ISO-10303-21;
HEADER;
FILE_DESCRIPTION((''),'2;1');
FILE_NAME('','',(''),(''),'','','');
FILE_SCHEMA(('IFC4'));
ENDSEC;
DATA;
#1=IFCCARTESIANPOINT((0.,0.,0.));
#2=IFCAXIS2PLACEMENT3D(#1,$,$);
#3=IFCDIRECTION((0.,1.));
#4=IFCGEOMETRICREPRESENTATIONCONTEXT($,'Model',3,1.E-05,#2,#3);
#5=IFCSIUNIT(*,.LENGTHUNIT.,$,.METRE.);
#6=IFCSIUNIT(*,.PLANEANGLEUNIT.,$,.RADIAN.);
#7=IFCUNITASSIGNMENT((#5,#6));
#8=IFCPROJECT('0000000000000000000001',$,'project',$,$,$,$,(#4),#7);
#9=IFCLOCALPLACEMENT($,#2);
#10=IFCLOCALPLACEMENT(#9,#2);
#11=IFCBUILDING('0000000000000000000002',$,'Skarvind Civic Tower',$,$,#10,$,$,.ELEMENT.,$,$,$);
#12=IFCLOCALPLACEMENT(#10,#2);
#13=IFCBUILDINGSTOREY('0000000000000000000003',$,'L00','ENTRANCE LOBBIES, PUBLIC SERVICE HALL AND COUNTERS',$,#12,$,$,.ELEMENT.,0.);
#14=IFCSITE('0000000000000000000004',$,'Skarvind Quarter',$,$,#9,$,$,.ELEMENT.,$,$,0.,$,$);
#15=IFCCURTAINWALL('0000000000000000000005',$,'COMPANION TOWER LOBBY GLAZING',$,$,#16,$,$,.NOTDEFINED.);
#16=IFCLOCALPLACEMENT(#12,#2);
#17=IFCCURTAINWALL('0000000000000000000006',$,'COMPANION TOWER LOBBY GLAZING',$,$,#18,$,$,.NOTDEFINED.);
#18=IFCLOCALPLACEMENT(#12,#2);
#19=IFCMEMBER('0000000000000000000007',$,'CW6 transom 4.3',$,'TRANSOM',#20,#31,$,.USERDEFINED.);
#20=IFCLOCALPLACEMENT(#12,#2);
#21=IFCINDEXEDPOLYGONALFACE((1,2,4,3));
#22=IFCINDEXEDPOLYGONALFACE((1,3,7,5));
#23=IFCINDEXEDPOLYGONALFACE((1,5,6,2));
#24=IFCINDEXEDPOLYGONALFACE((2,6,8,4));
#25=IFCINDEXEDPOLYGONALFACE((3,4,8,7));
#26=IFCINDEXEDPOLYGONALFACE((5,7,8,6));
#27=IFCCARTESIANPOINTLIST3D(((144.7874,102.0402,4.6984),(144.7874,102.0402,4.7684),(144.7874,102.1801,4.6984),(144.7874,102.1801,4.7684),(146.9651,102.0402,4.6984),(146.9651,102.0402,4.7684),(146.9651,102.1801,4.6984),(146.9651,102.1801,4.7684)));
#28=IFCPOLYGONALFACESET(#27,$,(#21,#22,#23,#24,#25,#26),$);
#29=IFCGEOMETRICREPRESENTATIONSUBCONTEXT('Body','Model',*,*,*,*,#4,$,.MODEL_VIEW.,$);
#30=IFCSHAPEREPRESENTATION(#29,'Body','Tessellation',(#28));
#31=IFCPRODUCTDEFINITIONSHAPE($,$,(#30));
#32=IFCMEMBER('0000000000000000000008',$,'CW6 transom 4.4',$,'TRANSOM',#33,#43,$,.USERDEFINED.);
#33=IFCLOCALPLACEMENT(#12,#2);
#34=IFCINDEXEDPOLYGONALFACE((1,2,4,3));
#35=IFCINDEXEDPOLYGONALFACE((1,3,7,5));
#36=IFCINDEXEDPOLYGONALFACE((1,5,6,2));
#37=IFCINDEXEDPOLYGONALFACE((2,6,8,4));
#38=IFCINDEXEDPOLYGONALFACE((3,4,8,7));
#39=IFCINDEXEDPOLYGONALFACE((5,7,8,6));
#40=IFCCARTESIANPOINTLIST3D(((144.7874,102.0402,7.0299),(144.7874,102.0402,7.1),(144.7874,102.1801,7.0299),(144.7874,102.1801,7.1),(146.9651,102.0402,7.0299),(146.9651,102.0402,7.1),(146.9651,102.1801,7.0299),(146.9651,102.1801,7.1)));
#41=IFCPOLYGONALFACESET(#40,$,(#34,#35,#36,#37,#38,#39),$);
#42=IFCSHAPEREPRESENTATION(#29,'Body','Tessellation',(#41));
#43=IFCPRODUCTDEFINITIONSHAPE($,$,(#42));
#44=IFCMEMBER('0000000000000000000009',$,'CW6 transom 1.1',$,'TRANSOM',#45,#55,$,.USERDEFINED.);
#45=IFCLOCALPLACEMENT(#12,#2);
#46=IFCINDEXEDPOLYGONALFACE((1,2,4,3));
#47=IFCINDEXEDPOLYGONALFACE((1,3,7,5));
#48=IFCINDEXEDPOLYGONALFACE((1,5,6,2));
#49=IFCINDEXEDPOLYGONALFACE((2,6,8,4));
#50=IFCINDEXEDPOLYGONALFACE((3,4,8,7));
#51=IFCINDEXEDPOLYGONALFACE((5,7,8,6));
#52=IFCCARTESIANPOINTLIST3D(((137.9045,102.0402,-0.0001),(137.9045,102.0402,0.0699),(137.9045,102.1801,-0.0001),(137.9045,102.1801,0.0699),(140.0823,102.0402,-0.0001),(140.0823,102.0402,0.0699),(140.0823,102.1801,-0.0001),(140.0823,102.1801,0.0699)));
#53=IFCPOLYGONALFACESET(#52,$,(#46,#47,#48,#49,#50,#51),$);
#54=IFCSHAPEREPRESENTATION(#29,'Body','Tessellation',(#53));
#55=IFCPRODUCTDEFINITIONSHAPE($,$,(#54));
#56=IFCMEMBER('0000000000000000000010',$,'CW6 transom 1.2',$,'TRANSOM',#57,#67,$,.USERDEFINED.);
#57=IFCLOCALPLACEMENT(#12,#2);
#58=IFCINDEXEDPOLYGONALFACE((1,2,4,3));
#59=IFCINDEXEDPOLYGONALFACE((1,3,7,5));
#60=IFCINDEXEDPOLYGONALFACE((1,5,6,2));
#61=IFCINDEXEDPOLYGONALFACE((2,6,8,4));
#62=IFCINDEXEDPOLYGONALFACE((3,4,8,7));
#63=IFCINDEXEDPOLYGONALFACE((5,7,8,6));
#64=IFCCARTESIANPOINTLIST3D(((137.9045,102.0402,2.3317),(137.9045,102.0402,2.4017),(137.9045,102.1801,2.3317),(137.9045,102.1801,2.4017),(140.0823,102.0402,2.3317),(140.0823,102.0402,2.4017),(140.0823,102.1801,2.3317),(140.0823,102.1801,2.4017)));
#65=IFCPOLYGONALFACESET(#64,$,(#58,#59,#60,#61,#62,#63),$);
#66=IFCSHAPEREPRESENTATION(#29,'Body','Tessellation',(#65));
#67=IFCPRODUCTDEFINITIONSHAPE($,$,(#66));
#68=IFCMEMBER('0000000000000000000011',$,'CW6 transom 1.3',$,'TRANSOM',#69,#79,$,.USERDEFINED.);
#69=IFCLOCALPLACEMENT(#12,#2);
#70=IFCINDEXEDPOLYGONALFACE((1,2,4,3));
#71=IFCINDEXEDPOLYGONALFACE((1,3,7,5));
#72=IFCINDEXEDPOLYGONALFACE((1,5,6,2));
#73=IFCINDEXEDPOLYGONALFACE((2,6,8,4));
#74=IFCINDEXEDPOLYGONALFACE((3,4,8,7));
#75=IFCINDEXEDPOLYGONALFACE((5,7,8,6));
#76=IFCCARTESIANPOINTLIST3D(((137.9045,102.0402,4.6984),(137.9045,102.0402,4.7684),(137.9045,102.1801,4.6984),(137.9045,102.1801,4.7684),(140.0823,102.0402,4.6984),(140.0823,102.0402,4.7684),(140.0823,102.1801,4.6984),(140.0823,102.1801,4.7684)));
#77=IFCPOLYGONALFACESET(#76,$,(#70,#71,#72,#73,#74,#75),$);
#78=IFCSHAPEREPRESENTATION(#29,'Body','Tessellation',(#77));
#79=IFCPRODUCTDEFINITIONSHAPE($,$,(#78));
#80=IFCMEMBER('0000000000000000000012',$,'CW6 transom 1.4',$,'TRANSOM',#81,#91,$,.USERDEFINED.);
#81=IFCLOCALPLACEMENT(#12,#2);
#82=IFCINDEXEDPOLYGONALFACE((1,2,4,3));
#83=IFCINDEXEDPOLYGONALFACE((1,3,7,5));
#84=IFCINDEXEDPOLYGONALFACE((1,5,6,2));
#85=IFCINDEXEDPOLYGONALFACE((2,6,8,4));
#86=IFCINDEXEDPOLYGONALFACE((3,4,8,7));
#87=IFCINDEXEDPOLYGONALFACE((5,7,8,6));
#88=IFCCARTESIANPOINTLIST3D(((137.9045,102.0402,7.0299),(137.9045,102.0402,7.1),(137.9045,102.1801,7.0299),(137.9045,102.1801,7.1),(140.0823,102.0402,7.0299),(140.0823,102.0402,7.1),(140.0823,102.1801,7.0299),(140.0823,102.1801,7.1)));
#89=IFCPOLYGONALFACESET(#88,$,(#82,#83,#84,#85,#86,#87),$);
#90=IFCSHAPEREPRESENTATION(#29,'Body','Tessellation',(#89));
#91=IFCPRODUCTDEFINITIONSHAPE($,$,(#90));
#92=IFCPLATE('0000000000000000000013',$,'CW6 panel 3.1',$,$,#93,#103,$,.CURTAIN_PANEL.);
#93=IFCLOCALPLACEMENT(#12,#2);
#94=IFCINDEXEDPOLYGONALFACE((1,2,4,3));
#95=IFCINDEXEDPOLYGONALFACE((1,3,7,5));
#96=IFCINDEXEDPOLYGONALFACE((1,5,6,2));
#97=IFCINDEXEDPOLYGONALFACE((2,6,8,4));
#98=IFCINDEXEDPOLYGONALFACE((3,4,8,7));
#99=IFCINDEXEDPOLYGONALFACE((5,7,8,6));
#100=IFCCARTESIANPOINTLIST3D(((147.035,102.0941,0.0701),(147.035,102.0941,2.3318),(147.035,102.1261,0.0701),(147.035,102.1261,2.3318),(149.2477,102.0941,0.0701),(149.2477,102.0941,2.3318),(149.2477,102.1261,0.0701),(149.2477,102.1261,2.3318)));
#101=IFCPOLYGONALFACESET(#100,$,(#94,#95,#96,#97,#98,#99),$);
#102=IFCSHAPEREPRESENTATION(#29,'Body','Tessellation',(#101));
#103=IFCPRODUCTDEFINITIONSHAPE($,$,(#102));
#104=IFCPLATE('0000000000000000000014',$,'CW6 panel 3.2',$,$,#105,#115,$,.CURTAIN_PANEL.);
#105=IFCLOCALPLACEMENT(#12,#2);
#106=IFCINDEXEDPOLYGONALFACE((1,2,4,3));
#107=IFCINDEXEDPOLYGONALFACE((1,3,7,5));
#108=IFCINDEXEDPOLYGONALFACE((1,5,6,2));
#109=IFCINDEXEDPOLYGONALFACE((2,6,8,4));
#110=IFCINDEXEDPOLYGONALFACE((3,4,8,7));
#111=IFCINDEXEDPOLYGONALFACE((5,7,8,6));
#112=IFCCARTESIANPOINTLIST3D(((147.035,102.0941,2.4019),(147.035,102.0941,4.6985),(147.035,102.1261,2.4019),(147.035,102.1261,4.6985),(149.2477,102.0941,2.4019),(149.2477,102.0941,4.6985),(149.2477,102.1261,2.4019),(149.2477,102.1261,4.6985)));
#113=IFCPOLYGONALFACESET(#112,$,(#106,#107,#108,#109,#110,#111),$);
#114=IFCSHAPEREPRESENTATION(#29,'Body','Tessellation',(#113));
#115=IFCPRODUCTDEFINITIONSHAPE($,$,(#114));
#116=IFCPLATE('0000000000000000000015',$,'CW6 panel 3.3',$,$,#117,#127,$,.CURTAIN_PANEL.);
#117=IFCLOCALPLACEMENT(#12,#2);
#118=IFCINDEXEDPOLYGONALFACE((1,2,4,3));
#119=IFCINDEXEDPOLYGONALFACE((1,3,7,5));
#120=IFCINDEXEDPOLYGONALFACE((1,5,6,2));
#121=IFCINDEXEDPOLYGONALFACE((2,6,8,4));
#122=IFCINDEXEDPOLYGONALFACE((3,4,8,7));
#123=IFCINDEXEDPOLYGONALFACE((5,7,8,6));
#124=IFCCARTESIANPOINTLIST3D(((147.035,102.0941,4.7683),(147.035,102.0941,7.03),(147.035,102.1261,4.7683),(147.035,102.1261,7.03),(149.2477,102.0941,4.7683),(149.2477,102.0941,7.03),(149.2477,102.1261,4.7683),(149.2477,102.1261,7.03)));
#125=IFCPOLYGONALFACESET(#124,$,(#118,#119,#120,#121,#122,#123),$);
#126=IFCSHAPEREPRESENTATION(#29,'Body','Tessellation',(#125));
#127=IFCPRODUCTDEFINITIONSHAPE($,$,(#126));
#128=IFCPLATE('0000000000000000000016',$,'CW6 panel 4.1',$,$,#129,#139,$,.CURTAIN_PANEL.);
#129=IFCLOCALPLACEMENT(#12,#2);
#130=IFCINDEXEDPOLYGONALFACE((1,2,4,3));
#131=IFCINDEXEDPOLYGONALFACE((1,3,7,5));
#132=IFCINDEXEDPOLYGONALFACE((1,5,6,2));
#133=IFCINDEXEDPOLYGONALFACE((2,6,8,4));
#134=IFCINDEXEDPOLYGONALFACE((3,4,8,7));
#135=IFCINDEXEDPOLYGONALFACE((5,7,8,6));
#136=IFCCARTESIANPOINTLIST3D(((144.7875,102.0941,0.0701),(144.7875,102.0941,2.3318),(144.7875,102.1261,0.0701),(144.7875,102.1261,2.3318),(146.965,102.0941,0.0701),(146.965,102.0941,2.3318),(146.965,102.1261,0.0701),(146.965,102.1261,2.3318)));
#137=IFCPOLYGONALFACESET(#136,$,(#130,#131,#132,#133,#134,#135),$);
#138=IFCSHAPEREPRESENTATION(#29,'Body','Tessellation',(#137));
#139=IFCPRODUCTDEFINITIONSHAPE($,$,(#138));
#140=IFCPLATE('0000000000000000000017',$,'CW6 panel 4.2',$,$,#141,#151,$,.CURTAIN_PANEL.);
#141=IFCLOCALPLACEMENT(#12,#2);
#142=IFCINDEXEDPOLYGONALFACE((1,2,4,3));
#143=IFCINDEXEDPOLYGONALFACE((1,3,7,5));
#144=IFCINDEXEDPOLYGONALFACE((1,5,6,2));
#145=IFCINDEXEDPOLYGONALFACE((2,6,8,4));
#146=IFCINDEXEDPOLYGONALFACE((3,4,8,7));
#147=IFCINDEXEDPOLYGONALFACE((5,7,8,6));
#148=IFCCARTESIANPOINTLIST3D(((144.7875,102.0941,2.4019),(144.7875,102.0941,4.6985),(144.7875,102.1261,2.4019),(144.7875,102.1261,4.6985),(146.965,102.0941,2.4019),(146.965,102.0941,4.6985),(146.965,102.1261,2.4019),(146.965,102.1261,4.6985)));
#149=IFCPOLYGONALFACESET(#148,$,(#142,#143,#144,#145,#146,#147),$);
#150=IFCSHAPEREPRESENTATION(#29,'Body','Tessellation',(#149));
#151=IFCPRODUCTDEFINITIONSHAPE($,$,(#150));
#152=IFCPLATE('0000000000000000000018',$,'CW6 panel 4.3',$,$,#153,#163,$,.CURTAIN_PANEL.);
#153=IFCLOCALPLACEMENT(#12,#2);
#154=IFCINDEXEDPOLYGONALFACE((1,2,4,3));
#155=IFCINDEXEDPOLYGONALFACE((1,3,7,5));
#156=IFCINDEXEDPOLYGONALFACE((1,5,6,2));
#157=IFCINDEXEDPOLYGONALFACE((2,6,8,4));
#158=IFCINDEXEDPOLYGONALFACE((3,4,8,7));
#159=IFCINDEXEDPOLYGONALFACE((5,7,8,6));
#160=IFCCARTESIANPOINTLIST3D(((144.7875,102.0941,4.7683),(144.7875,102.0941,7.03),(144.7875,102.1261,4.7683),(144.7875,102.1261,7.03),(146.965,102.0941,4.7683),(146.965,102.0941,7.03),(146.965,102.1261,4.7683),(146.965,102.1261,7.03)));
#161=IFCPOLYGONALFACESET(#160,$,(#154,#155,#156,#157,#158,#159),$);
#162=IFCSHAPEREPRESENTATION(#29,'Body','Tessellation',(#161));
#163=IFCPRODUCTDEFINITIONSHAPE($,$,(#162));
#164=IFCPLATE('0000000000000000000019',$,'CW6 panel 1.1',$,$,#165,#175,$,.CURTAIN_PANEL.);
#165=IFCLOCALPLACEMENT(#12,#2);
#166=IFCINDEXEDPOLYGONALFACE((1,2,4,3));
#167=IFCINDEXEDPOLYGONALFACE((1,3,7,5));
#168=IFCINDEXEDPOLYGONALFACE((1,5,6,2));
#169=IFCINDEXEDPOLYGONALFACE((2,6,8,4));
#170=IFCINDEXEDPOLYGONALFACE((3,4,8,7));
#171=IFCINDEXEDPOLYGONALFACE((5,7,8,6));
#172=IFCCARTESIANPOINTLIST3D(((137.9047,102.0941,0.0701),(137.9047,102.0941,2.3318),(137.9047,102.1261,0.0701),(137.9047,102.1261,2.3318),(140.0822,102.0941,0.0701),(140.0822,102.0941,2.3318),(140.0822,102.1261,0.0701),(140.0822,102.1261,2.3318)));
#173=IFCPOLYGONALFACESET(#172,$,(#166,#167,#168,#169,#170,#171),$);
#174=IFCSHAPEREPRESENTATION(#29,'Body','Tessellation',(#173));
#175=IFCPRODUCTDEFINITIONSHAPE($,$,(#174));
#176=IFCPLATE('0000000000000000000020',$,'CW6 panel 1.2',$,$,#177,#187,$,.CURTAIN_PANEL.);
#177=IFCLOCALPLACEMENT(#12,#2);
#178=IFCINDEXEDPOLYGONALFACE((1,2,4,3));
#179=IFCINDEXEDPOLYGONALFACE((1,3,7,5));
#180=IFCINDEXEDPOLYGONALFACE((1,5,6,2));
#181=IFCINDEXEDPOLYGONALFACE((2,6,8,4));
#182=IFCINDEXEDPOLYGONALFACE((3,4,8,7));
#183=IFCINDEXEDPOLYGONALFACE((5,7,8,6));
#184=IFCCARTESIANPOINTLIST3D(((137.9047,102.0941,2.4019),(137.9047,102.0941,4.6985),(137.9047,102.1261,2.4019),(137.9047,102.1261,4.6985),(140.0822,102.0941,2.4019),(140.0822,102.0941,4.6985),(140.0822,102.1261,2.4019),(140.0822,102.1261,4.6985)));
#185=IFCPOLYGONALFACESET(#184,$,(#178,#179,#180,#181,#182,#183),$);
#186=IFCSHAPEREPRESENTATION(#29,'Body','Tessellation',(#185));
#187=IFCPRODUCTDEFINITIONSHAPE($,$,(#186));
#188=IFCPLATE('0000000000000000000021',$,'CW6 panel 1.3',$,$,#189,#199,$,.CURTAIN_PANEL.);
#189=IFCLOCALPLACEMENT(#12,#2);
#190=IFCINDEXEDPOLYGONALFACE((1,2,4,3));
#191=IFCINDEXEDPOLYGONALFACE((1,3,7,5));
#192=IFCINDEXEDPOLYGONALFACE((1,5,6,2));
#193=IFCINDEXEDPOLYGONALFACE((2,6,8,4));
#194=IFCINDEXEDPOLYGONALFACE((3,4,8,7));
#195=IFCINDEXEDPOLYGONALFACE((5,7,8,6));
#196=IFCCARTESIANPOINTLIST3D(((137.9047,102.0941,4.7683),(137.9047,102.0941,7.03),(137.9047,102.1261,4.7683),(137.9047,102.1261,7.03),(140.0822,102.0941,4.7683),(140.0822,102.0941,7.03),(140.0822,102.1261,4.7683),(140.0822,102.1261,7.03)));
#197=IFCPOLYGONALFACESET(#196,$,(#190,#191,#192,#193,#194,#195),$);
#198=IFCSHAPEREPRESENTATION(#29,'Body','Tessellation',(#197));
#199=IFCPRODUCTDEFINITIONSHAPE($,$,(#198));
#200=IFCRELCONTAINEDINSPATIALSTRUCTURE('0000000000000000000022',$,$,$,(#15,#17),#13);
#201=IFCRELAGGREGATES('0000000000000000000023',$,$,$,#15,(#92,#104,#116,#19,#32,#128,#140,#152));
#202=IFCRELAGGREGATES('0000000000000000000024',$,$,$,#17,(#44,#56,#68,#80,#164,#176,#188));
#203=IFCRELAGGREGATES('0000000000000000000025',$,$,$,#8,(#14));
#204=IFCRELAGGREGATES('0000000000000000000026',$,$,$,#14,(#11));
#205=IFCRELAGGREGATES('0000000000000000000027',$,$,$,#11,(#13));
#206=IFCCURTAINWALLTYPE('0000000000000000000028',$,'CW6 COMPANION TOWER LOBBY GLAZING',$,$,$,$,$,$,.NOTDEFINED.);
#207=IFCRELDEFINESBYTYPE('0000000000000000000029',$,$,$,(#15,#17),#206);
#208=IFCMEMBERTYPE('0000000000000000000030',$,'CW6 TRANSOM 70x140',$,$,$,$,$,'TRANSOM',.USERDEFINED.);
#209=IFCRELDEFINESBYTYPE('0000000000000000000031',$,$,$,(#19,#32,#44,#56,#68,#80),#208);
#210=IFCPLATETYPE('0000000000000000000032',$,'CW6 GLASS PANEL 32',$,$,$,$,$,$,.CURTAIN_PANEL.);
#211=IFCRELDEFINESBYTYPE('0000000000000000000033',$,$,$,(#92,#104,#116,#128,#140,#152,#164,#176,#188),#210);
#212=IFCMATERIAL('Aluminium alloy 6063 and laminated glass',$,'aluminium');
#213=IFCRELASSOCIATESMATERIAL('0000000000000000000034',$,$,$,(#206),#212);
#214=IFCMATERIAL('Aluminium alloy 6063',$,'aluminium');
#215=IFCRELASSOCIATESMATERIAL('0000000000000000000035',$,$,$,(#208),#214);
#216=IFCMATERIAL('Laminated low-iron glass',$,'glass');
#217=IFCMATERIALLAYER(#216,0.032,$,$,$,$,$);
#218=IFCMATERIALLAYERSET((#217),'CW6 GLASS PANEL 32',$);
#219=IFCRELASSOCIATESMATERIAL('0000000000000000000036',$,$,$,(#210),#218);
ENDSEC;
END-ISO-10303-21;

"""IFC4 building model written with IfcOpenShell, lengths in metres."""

from ifc_helpers import new_model, si_unit, direction, frame, origin, origin_2d, place, context, subcontext, project, spatial, rectangle, extrude, material, layer, layer_set, material_profile, profile_set, type_object, element, aggregate, save


model = new_model("IFC4")

# Units and contexts
model_context = context("Model", 3, precision=1e-05, world=origin(), true_north=direction((0.0, 1.0)))
body_context = subcontext(model_context, "Body", "Model", "MODEL_VIEW")
ifc_project = project(units=[si_unit("LENGTHUNIT", "METRE"), si_unit("PLANEANGLEUNIT", "RADIAN")], contexts=[model_context])

# Site, building, storey
site_placement = place(None, origin())
site = spatial("IfcSite", under=ifc_project, at=site_placement, Name="Skarvind Quarter", CompositionType="ELEMENT", RefElevation=0.0)
building_placement = place(site_placement, origin())
building = spatial("IfcBuilding", under=site, at=building_placement, Name="Skarvind Civic Tower", CompositionType="ELEMENT")
storey_placement = place(building_placement, origin())
storey = spatial("IfcBuildingStorey", under=building, at=storey_placement, Name="L00", Description="ENTRANCE LOBBIES, PUBLIC SERVICE HALL AND COUNTERS", CompositionType="ELEMENT", Elevation=0.0)

# Curtain wall
ifc_material_1 = material(Name="Aluminium alloy 6063 and laminated glass", Category="aluminium")
curtain_wall_type = type_object("IfcCurtainWallType", Name="CW6 COMPANION TOWER LOBBY GLAZING", PredefinedType="NOTDEFINED", material=ifc_material_1)
curtain_wall_1_placement = place(storey_placement, origin())
curtain_wall_1 = element("IfcCurtainWall", 1, at=curtain_wall_1_placement, inside=storey, type_object=curtain_wall_type, Name="COMPANION TOWER LOBBY GLAZING", PredefinedType="NOTDEFINED")
ifc_material_2 = material(Name="Aluminium alloy 6063", Category="aluminium")

# Curtain wall
curtain_wall_2_placement = place(storey_placement, origin())
curtain_wall_2 = element("IfcCurtainWall", 2, at=curtain_wall_2_placement, inside=storey, type_object=curtain_wall_type, Name="COMPANION TOWER LOBBY GLAZING", PredefinedType="NOTDEFINED")

# Members
ifc_material_profile_1 = material_profile(ifc_material_2, rectangle(XDim=0.1399, YDim=0.0701, at=origin_2d()), Name="AL 70x140")
ifc_profile_set_1 = profile_set([ifc_material_profile_1], Name="Aluminium alloy 6063")
member_type_1 = type_object("IfcMemberType", Name="CW6 TRANSOM 70x140", ElementType="TRANSOM", PredefinedType="USERDEFINED", material=ifc_profile_set_1)
member_1_placement = place(storey_placement, frame((146.9651, 102.1101, 4.7334), z_axis=(-1.0, 0.0, 0.0), x_axis=(0.0, -1.0, 0.0)))
member_1 = element("IfcMember", 3, at=member_1_placement, type_object=member_type_1, Name="CW6 transom 4.3", ObjectType="TRANSOM", PredefinedType="USERDEFINED", context=body_context, shape_type="SweptSolid", body=[
    extrude(rectangle(XDim=0.1399, YDim=0.0701, at=origin_2d()), origin(), (0.0, 0.0, 1.0), 2.1777),
])
member_2_placement = place(storey_placement, frame((146.9651, 102.1101, 7.0649), z_axis=(-1.0, 0.0, 0.0), x_axis=(0.0, -1.0, 0.0)))
member_2 = element("IfcMember", 4, at=member_2_placement, type_object=member_type_1, Name="CW6 transom 4.4", ObjectType="TRANSOM", PredefinedType="USERDEFINED", context=body_context, shape_type="SweptSolid", body=[
    extrude(rectangle(XDim=0.1399, YDim=0.0701, at=origin_2d()), origin(), (0.0, 0.0, 1.0), 2.1777),
])
member_3_placement = place(storey_placement, frame((140.0823, 102.1101, 0.0349), z_axis=(-1.0, 0.0, 0.0), x_axis=(0.0, -1.0, 0.0)))
member_3 = element("IfcMember", 5, at=member_3_placement, type_object=member_type_1, Name="CW6 transom 1.1", ObjectType="TRANSOM", PredefinedType="USERDEFINED", context=body_context, shape_type="SweptSolid", body=[
    extrude(rectangle(XDim=0.1399, YDim=0.0701, at=origin_2d()), origin(), (0.0, 0.0, 1.0), 2.1777),
])
member_4_placement = place(storey_placement, frame((140.0823, 102.1101, 2.3667), z_axis=(-1.0, 0.0, 0.0), x_axis=(0.0, -1.0, 0.0)))
member_4 = element("IfcMember", 6, at=member_4_placement, type_object=member_type_1, Name="CW6 transom 1.2", ObjectType="TRANSOM", PredefinedType="USERDEFINED", context=body_context, shape_type="SweptSolid", body=[
    extrude(rectangle(XDim=0.1399, YDim=0.0701, at=origin_2d()), origin(), (0.0, 0.0, 1.0), 2.1777),
])
member_5_placement = place(storey_placement, frame((140.0823, 102.1101, 4.7334), z_axis=(-1.0, 0.0, 0.0), x_axis=(0.0, -1.0, 0.0)))
member_5 = element("IfcMember", 7, at=member_5_placement, type_object=member_type_1, Name="CW6 transom 1.3", ObjectType="TRANSOM", PredefinedType="USERDEFINED", context=body_context, shape_type="SweptSolid", body=[
    extrude(rectangle(XDim=0.1399, YDim=0.0701, at=origin_2d()), origin(), (0.0, 0.0, 1.0), 2.1777),
])
member_6_placement = place(storey_placement, frame((140.0823, 102.1101, 7.0649), z_axis=(-1.0, 0.0, 0.0), x_axis=(0.0, -1.0, 0.0)))
member_6 = element("IfcMember", 8, at=member_6_placement, type_object=member_type_1, Name="CW6 transom 1.4", ObjectType="TRANSOM", PredefinedType="USERDEFINED", context=body_context, shape_type="SweptSolid", body=[
    extrude(rectangle(XDim=0.1399, YDim=0.0701, at=origin_2d()), origin(), (0.0, 0.0, 1.0), 2.1777),
])

# Plates
ifc_material_3 = material(Name="Laminated low-iron glass", Category="glass")
ifc_layer_1 = layer(ifc_material_3, 0.032)
ifc_layer_set_1 = layer_set([ifc_layer_1], Name="CW6 GLASS PANEL 32")
plate_type = type_object("IfcPlateType", Name="CW6 GLASS PANEL 32", PredefinedType="CURTAIN_PANEL", material=ifc_layer_set_1)
plate_1_placement = place(storey_placement, frame((148.1414, 102.1101, 0.0701), z_axis=(0.0, 0.0, 1.0), x_axis=(-1.0, 0.0, 0.0)))
plate_1 = element("IfcPlate", 9, at=plate_1_placement, type_object=plate_type, Name="CW6 panel 3.1", PredefinedType="CURTAIN_PANEL", context=body_context, shape_type="SweptSolid", body=[
    extrude(rectangle(XDim=2.2126, YDim=0.032, at=origin_2d()), origin(), (0.0, 0.0, 1.0), 2.2617),
])
plate_2_placement = place(storey_placement, frame((148.1414, 102.1101, 2.4019), z_axis=(0.0, 0.0, 1.0), x_axis=(-1.0, 0.0, 0.0)))
plate_2 = element("IfcPlate", 10, at=plate_2_placement, type_object=plate_type, Name="CW6 panel 3.2", PredefinedType="CURTAIN_PANEL", context=body_context, shape_type="SweptSolid", body=[
    extrude(rectangle(XDim=2.2126, YDim=0.032, at=origin_2d()), origin(), (0.0, 0.0, 1.0), 2.2966),
])
plate_3_placement = place(storey_placement, frame((148.1414, 102.1101, 4.7683), z_axis=(0.0, 0.0, 1.0), x_axis=(-1.0, 0.0, 0.0)))
plate_3 = element("IfcPlate", 11, at=plate_3_placement, type_object=plate_type, Name="CW6 panel 3.3", PredefinedType="CURTAIN_PANEL", context=body_context, shape_type="SweptSolid", body=[
    extrude(rectangle(XDim=2.2126, YDim=0.032, at=origin_2d()), origin(), (0.0, 0.0, 1.0), 2.2617),
])
plate_4_placement = place(storey_placement, frame((145.8762, 102.1101, 0.0701), z_axis=(0.0, 0.0, 1.0), x_axis=(-1.0, 0.0, 0.0)))
plate_4 = element("IfcPlate", 12, at=plate_4_placement, type_object=plate_type, Name="CW6 panel 4.1", PredefinedType="CURTAIN_PANEL", context=body_context, shape_type="SweptSolid", body=[
    extrude(rectangle(XDim=2.1775, YDim=0.032, at=origin_2d()), origin(), (0.0, 0.0, 1.0), 2.2617),
])
plate_5_placement = place(storey_placement, frame((145.8762, 102.1101, 2.4019), z_axis=(0.0, 0.0, 1.0), x_axis=(-1.0, 0.0, 0.0)))
plate_5 = element("IfcPlate", 13, at=plate_5_placement, type_object=plate_type, Name="CW6 panel 4.2", PredefinedType="CURTAIN_PANEL", context=body_context, shape_type="SweptSolid", body=[
    extrude(rectangle(XDim=2.1775, YDim=0.032, at=origin_2d()), origin(), (0.0, 0.0, 1.0), 2.2966),
])
plate_6_placement = place(storey_placement, frame((145.8762, 102.1101, 4.7683), z_axis=(0.0, 0.0, 1.0), x_axis=(-1.0, 0.0, 0.0)))
plate_6 = element("IfcPlate", 14, at=plate_6_placement, type_object=plate_type, Name="CW6 panel 4.3", PredefinedType="CURTAIN_PANEL", context=body_context, shape_type="SweptSolid", body=[
    extrude(rectangle(XDim=2.1775, YDim=0.032, at=origin_2d()), origin(), (0.0, 0.0, 1.0), 2.2617),
])
aggregate(curtain_wall_1, [plate_1, plate_2, plate_3, member_1, member_2, plate_4, plate_5, plate_6])
plate_7_placement = place(storey_placement, frame((138.9934, 102.1101, 0.0701), z_axis=(0.0, 0.0, 1.0), x_axis=(-1.0, 0.0, 0.0)))
plate_7 = element("IfcPlate", 15, at=plate_7_placement, type_object=plate_type, Name="CW6 panel 1.1", PredefinedType="CURTAIN_PANEL", context=body_context, shape_type="SweptSolid", body=[
    extrude(rectangle(XDim=2.1775, YDim=0.032, at=origin_2d()), origin(), (0.0, 0.0, 1.0), 2.2617),
])
plate_8_placement = place(storey_placement, frame((138.9934, 102.1101, 2.4019), z_axis=(0.0, 0.0, 1.0), x_axis=(-1.0, 0.0, 0.0)))
plate_8 = element("IfcPlate", 16, at=plate_8_placement, type_object=plate_type, Name="CW6 panel 1.2", PredefinedType="CURTAIN_PANEL", context=body_context, shape_type="SweptSolid", body=[
    extrude(rectangle(XDim=2.1775, YDim=0.032, at=origin_2d()), origin(), (0.0, 0.0, 1.0), 2.2966),
])
plate_9_placement = place(storey_placement, frame((138.9934, 102.1101, 4.7683), z_axis=(0.0, 0.0, 1.0), x_axis=(-1.0, 0.0, 0.0)))
plate_9 = element("IfcPlate", 17, at=plate_9_placement, type_object=plate_type, Name="CW6 panel 1.3", PredefinedType="CURTAIN_PANEL", context=body_context, shape_type="SweptSolid", body=[
    extrude(rectangle(XDim=2.1775, YDim=0.032, at=origin_2d()), origin(), (0.0, 0.0, 1.0), 2.2617),
])
aggregate(curtain_wall_2, [member_3, member_4, member_5, member_6, plate_7, plate_8, plate_9])

save(model, "model.ifc")
